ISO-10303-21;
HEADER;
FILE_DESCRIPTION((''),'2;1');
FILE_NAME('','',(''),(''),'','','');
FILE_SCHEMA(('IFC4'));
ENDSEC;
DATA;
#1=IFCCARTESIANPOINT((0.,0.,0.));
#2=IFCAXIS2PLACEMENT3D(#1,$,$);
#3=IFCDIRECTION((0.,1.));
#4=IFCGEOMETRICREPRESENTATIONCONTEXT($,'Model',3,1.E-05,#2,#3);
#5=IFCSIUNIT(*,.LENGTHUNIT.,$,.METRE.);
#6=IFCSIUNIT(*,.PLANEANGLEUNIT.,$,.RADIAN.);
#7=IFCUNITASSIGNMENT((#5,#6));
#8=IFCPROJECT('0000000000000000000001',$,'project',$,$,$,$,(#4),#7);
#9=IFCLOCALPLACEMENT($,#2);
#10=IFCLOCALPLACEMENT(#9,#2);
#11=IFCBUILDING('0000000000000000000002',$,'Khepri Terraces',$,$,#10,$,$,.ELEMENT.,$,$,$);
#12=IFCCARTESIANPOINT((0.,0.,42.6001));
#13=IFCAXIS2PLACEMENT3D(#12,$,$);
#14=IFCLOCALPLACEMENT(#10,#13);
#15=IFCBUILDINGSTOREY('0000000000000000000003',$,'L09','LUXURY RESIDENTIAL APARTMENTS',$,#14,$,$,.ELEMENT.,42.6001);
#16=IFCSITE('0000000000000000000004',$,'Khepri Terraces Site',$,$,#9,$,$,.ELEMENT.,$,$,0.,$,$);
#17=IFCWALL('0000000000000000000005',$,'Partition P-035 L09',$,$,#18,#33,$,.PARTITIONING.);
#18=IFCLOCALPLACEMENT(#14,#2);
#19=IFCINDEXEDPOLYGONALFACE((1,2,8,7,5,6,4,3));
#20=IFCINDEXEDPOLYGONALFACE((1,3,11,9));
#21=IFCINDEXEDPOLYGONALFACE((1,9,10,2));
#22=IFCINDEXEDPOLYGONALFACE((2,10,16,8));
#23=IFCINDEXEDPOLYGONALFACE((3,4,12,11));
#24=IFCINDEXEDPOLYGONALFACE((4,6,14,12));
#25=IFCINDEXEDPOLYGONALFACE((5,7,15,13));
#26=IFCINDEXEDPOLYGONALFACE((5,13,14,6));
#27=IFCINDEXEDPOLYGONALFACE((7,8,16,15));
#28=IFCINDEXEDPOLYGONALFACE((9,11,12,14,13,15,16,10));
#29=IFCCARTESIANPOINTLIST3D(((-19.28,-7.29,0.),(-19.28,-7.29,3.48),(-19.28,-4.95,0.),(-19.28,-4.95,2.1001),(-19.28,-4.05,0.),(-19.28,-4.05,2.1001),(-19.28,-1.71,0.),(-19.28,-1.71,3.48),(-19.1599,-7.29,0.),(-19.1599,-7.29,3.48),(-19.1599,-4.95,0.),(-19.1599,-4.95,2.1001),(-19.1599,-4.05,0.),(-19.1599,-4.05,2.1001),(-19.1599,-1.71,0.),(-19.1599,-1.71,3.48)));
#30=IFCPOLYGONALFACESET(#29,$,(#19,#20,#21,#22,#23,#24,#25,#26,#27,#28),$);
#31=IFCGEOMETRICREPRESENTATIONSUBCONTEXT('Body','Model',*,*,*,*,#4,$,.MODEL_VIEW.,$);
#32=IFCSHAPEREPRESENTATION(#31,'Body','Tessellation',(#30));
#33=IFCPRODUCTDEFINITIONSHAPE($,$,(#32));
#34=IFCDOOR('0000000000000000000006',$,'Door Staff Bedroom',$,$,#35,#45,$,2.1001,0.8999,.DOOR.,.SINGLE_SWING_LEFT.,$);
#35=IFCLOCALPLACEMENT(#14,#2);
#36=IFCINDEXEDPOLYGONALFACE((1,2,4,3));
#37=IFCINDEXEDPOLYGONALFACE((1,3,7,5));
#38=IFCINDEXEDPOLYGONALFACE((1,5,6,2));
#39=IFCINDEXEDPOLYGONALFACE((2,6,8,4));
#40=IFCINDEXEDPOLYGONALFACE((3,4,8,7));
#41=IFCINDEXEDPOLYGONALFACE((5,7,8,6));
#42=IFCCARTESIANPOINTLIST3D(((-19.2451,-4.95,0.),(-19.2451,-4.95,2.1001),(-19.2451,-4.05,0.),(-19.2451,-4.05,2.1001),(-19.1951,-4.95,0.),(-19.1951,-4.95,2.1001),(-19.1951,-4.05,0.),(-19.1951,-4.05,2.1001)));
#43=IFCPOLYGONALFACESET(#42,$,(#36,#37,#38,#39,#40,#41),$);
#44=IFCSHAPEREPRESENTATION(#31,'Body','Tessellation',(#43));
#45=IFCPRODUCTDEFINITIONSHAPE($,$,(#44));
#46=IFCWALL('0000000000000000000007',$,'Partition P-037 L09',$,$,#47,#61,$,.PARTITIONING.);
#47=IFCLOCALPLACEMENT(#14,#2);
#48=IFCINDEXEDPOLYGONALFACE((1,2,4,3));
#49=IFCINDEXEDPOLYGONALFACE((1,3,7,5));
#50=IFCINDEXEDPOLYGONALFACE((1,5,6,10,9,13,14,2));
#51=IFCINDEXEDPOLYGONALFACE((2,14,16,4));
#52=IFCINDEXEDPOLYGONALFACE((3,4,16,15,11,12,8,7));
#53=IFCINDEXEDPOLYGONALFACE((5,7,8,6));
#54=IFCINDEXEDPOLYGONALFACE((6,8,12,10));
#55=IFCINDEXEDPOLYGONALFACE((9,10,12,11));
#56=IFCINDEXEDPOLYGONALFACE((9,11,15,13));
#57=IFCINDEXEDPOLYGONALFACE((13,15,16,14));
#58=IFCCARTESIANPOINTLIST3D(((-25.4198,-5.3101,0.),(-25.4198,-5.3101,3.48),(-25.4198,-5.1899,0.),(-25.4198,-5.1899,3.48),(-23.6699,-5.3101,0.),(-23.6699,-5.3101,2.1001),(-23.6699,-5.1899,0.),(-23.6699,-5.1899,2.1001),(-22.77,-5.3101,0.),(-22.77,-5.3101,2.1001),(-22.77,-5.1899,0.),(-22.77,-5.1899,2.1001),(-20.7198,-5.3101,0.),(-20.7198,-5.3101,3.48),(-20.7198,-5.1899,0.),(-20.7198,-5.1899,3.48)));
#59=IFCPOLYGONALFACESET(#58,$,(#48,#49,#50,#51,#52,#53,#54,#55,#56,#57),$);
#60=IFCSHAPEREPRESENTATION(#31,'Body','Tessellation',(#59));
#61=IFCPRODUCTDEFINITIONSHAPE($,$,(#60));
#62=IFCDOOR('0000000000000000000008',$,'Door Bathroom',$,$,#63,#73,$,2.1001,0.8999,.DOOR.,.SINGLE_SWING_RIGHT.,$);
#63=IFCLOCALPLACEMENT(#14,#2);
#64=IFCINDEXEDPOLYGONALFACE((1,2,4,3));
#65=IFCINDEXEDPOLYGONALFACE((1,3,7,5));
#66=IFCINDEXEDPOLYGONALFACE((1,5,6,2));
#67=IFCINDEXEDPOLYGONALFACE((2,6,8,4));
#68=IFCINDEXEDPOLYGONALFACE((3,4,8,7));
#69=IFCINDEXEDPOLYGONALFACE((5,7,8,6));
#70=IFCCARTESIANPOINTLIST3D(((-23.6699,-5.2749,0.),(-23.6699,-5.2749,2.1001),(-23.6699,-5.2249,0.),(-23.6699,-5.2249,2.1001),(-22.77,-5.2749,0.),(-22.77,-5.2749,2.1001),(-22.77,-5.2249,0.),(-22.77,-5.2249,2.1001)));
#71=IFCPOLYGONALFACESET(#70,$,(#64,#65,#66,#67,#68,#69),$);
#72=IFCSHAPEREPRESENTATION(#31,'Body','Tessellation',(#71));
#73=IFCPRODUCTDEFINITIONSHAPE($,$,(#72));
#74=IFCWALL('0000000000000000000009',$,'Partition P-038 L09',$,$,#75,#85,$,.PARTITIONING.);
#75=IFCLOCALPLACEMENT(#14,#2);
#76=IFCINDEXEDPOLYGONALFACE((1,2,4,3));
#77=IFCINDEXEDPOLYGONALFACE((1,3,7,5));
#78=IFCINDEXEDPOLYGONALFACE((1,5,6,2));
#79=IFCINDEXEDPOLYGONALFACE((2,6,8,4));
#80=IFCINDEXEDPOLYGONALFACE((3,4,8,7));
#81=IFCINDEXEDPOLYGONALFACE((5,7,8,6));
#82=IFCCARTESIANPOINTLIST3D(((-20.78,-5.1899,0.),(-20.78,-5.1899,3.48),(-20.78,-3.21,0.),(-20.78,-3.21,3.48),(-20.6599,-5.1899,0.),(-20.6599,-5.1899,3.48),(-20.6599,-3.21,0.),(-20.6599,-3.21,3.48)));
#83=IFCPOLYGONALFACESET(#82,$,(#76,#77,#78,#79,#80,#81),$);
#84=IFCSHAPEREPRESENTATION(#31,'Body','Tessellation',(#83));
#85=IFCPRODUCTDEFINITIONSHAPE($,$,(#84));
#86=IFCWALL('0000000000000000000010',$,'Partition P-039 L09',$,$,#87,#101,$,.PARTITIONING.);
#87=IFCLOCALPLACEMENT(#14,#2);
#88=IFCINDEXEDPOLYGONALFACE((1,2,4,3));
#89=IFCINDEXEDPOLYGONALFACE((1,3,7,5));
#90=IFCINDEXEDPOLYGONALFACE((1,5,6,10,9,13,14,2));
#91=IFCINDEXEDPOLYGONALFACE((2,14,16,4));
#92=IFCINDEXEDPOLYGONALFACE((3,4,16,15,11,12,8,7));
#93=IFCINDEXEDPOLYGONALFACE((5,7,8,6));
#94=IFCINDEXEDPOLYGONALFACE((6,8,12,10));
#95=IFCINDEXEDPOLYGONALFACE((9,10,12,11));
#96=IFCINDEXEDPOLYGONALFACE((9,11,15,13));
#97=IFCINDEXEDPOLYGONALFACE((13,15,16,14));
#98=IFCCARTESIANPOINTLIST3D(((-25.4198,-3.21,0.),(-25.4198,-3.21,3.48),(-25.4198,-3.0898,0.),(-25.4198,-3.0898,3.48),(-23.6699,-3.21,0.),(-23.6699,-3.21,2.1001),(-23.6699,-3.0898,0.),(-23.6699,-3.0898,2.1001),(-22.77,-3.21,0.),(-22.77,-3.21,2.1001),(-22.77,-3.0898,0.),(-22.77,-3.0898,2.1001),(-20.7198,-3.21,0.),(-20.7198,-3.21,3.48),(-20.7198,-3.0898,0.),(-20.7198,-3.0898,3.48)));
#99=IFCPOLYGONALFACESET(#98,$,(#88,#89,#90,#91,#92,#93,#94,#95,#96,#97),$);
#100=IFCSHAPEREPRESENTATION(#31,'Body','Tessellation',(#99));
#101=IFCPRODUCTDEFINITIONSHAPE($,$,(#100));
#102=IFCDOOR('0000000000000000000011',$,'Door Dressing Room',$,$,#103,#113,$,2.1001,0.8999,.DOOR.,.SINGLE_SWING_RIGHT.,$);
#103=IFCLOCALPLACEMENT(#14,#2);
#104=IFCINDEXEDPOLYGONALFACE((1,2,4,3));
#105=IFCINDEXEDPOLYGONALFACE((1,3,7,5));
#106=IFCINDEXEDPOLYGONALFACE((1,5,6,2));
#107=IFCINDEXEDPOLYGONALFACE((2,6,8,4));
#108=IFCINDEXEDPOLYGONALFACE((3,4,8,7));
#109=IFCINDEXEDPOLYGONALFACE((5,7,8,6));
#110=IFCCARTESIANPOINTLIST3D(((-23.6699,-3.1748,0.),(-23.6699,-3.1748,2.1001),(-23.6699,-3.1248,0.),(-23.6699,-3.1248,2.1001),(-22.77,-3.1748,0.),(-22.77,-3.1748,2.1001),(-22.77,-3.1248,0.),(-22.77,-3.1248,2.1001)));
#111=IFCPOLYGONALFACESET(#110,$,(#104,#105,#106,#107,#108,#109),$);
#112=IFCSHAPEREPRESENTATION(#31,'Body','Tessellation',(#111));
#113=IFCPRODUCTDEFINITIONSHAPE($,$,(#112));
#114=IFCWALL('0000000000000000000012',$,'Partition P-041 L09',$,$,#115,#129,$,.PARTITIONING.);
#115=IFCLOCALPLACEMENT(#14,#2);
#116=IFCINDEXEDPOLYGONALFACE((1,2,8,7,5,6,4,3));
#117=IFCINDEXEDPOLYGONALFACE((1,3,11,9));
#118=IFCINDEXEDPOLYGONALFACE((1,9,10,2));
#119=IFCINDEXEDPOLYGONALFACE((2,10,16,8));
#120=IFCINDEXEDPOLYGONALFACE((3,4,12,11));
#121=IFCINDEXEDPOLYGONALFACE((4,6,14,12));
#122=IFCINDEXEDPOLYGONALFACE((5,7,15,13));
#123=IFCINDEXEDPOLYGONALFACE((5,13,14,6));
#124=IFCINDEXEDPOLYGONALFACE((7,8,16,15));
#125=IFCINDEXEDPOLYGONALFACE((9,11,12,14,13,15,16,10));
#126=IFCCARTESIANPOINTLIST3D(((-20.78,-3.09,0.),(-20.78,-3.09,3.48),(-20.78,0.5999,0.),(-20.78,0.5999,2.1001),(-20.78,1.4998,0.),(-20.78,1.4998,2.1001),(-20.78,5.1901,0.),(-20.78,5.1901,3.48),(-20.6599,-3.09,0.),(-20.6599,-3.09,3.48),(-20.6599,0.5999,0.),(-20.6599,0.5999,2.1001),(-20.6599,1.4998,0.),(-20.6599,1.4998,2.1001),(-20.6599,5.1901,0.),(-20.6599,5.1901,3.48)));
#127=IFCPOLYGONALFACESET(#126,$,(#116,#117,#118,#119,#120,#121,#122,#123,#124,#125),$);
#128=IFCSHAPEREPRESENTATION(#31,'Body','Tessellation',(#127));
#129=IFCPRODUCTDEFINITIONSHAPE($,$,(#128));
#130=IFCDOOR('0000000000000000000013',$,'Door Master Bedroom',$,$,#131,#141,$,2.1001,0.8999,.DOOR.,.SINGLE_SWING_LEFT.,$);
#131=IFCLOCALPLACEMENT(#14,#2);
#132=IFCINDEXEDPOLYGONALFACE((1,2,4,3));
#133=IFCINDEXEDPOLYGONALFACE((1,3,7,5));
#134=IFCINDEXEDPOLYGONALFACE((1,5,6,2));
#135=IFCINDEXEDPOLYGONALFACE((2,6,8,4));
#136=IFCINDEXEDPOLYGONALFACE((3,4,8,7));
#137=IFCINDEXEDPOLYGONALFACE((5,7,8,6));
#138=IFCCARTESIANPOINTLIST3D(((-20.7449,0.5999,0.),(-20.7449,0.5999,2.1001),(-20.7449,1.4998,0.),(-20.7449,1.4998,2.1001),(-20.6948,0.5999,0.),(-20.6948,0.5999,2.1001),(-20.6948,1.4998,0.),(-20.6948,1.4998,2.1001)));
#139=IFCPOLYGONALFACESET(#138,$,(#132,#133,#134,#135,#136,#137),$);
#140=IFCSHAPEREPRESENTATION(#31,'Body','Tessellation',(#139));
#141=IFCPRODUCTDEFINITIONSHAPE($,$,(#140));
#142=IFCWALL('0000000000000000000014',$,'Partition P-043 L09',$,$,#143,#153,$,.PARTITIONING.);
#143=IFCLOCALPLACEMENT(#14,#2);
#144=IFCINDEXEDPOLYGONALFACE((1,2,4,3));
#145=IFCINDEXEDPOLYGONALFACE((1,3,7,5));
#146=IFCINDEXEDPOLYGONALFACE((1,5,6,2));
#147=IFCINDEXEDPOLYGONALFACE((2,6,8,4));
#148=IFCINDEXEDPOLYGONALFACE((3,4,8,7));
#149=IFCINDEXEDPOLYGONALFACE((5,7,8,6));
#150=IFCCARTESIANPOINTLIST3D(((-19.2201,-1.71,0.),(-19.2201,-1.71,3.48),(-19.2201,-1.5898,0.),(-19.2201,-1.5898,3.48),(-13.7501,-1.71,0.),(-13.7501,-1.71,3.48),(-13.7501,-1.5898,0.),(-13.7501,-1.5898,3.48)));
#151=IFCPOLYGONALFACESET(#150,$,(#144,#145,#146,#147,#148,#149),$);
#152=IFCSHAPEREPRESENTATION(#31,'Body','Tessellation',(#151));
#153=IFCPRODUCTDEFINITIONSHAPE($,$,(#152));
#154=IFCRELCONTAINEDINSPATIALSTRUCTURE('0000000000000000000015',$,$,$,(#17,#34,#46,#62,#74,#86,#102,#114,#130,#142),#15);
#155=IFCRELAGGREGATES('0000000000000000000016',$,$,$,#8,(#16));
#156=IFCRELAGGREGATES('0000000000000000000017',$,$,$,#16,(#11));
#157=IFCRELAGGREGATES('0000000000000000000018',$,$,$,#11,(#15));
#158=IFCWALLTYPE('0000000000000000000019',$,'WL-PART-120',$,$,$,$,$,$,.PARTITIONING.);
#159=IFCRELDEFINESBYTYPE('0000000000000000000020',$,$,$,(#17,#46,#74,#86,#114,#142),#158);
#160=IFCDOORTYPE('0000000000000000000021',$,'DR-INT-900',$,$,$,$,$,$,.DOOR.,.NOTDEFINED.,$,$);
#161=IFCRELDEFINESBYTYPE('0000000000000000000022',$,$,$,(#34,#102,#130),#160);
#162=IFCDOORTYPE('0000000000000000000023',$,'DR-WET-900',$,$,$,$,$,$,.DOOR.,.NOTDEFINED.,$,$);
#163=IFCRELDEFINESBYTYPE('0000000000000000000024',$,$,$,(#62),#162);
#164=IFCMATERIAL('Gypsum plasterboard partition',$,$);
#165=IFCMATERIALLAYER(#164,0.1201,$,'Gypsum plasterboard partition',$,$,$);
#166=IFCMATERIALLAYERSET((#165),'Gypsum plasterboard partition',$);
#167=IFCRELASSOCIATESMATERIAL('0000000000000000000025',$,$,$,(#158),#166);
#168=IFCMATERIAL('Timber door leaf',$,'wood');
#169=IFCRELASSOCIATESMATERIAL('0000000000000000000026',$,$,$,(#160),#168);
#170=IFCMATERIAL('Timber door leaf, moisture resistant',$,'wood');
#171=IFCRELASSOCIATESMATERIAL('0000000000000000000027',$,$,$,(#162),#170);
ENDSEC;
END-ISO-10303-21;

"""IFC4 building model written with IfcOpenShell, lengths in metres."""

from ifc_helpers import new_model, si_unit, direction, frame, frame_2d, origin, place, context, subcontext, project, spatial, rectangle, extrude, material, layer, layer_set, type_object, element, fill, save


model = new_model("IFC4")

# Units and contexts
model_context = context("Model", 3, precision=1e-05, world=origin(), true_north=direction((0.0, 1.0)))
body_context = subcontext(model_context, "Body", "Model", "MODEL_VIEW")
ifc_project = project(units=[si_unit("LENGTHUNIT", "METRE"), si_unit("PLANEANGLEUNIT", "RADIAN")], contexts=[model_context])

# Site, building, storey
site_placement = place(None, origin())
site = spatial("IfcSite", under=ifc_project, at=site_placement, Name="Khepri Terraces Site", CompositionType="ELEMENT", RefElevation=0.0)
building_placement = place(site_placement, origin())
building = spatial("IfcBuilding", under=site, at=building_placement, Name="Khepri Terraces", CompositionType="ELEMENT")
storey_placement = place(building_placement, frame((0.0, 0.0, 42.6001)))
storey = spatial("IfcBuildingStorey", under=building, at=storey_placement, Name="L09", Description="LUXURY RESIDENTIAL APARTMENTS", CompositionType="ELEMENT", Elevation=42.6001)

# Walls, openings, doors
ifc_material_1 = material(Name="Gypsum plasterboard partition")
ifc_layer_1 = layer(ifc_material_1, 0.1201, Name="Gypsum plasterboard partition")
ifc_layer_set_1 = layer_set([ifc_layer_1], Name="Gypsum plasterboard partition")
wall_type_1 = type_object("IfcWallType", Name="WL-PART-120", PredefinedType="PARTITIONING", material=ifc_layer_set_1)
wall_1_placement = place(storey_placement, frame((-19.22, -7.29, 0.0), z_axis=(0.0, 0.0, 1.0), x_axis=(0.0, 1.0, 0.0)))
wall_1 = element("IfcWall", 1, at=wall_1_placement, inside=storey, type_object=wall_type_1, Name="Partition P-035 L09", PredefinedType="PARTITIONING", context=body_context, shape_type="SweptSolid", body=[
    extrude(rectangle(XDim=5.5801, YDim=0.1201, at=frame_2d((2.79, 0.0))), origin(), (0.0, 0.0, 1.0), 3.48),
])
opening_1_placement = place(wall_1_placement, frame((2.3401, 0.0, 0.0)))
opening_1 = element("IfcOpeningElement", 2, at=opening_1_placement, cuts=wall_1, PredefinedType="OPENING", context=body_context, shape_type="SweptSolid", body=[
    extrude(rectangle(XDim=0.8999, YDim=2.1001, at=frame_2d((0.45, 1.05))), frame((0.0, 0.0701, 0.0), z_axis=(0.0, -1.0, 0.0), x_axis=(1.0, 0.0, 0.0)), (0.0, 0.0, 1.0), 0.1401),
])
ifc_material_2 = material(Name="Timber door leaf", Category="wood")
door_type_1 = type_object("IfcDoorType", Name="DR-INT-900", OperationType="NOTDEFINED", PredefinedType="DOOR", material=ifc_material_2)
door_1_placement = place(opening_1_placement, frame((0.8999, 0.0, 0.0), z_axis=(0.0, 0.0, 1.0), x_axis=(-1.0, 0.0, 0.0)))
door_1 = element("IfcDoor", 3, at=door_1_placement, inside=storey, type_object=door_type_1, Name="Door Staff Bedroom", OperationType="SINGLE_SWING_LEFT", OverallHeight=2.1001, OverallWidth=0.8999, PredefinedType="DOOR", context=body_context, shape_type="SweptSolid", body=[
    extrude(rectangle(XDim=0.8999, YDim=2.1001, at=frame_2d((0.45, 1.05))), frame((0.0, 0.0249, 0.0), z_axis=(0.0, -1.0, 0.0), x_axis=(1.0, 0.0, 0.0)), (0.0, 0.0, 1.0), 0.05),
])
fill(opening_1, door_1)
wall_2_placement = place(storey_placement, frame((-25.4199, -5.25, 0.0), z_axis=(0.0, 0.0, 1.0), x_axis=(1.0, 0.0, 0.0)))
wall_2 = element("IfcWall", 4, at=wall_2_placement, inside=storey, type_object=wall_type_1, Name="Partition P-037 L09", PredefinedType="PARTITIONING", context=body_context, shape_type="SweptSolid", body=[
    extrude(rectangle(XDim=4.7, YDim=0.1201, at=frame_2d((2.3501, 0.0))), origin(), (0.0, 0.0, 1.0), 3.48),
])
opening_2_placement = place(wall_2_placement, frame((1.75, 0.0, 0.0)))
opening_2 = element("IfcOpeningElement", 5, at=opening_2_placement, cuts=wall_2, PredefinedType="OPENING", context=body_context, shape_type="SweptSolid", body=[
    extrude(rectangle(XDim=0.8999, YDim=2.1001, at=frame_2d((0.45, 1.05))), frame((0.0, 0.0701, 0.0), z_axis=(0.0, -1.0, 0.0), x_axis=(1.0, 0.0, 0.0)), (0.0, 0.0, 1.0), 0.1401),
])
ifc_material_3 = material(Name="Timber door leaf, moisture resistant", Category="wood")
door_type_2 = type_object("IfcDoorType", Name="DR-WET-900", OperationType="NOTDEFINED", PredefinedType="DOOR", material=ifc_material_3)
door_2_placement = place(opening_2_placement, frame((0.8999, 0.0, 0.0), z_axis=(0.0, 0.0, 1.0), x_axis=(-1.0, 0.0, 0.0)))
door_2 = element("IfcDoor", 6, at=door_2_placement, inside=storey, type_object=door_type_2, Name="Door Bathroom", OperationType="SINGLE_SWING_RIGHT", OverallHeight=2.1001, OverallWidth=0.8999, PredefinedType="DOOR", context=body_context, shape_type="SweptSolid", body=[
    extrude(rectangle(XDim=0.8999, YDim=2.1001, at=frame_2d((0.45, 1.05))), frame((0.0, 0.0249, 0.0), z_axis=(0.0, -1.0, 0.0), x_axis=(1.0, 0.0, 0.0)), (0.0, 0.0, 1.0), 0.05),
])
fill(opening_2, door_2)

# Wall
wall_3_placement = place(storey_placement, frame((-20.72, -5.1899, 0.0), z_axis=(0.0, 0.0, 1.0), x_axis=(0.0, 1.0, 0.0)))
element("IfcWall", 7, at=wall_3_placement, inside=storey, type_object=wall_type_1, Name="Partition P-038 L09", PredefinedType="PARTITIONING", context=body_context, shape_type="SweptSolid", body=[
    extrude(rectangle(XDim=1.98, YDim=0.1201, at=frame_2d((0.99, 0.0))), origin(), (0.0, 0.0, 1.0), 3.48),
])

# Walls, openings, doors
wall_4_placement = place(storey_placement, frame((-25.4199, -3.1499, 0.0), z_axis=(0.0, 0.0, 1.0), x_axis=(1.0, 0.0, 0.0)))
wall_4 = element("IfcWall", 8, at=wall_4_placement, inside=storey, type_object=wall_type_1, Name="Partition P-039 L09", PredefinedType="PARTITIONING", context=body_context, shape_type="SweptSolid", body=[
    extrude(rectangle(XDim=4.7, YDim=0.1201, at=frame_2d((2.3501, 0.0))), origin(), (0.0, 0.0, 1.0), 3.48),
])
opening_3_placement = place(wall_4_placement, frame((1.75, 0.0, 0.0)))
opening_3 = element("IfcOpeningElement", 9, at=opening_3_placement, cuts=wall_4, PredefinedType="OPENING", context=body_context, shape_type="SweptSolid", body=[
    extrude(rectangle(XDim=0.8999, YDim=2.1001, at=frame_2d((0.45, 1.05))), frame((0.0, 0.0701, 0.0), z_axis=(0.0, -1.0, 0.0), x_axis=(1.0, 0.0, 0.0)), (0.0, 0.0, 1.0), 0.1401),
])
door_3_placement = place(opening_3_placement, frame((0.8999, 0.0, 0.0), z_axis=(0.0, 0.0, 1.0), x_axis=(-1.0, 0.0, 0.0)))
door_3 = element("IfcDoor", 10, at=door_3_placement, inside=storey, type_object=door_type_1, Name="Door Dressing Room", OperationType="SINGLE_SWING_RIGHT", OverallHeight=2.1001, OverallWidth=0.8999, PredefinedType="DOOR", context=body_context, shape_type="SweptSolid", body=[
    extrude(rectangle(XDim=0.8999, YDim=2.1001, at=frame_2d((0.45, 1.05))), frame((0.0, 0.0249, 0.0), z_axis=(0.0, -1.0, 0.0), x_axis=(1.0, 0.0, 0.0)), (0.0, 0.0, 1.0), 0.05),
])
fill(opening_3, door_3)
wall_5_placement = place(storey_placement, frame((-20.72, -3.0901, 0.0), z_axis=(0.0, 0.0, 1.0), x_axis=(0.0, 1.0, 0.0)))
wall_5 = element("IfcWall", 11, at=wall_5_placement, inside=storey, type_object=wall_type_1, Name="Partition P-041 L09", PredefinedType="PARTITIONING", context=body_context, shape_type="SweptSolid", body=[
    extrude(rectangle(XDim=8.28, YDim=0.1201, at=frame_2d((4.1401, 0.0))), origin(), (0.0, 0.0, 1.0), 3.48),
])
opening_4_placement = place(wall_5_placement, frame((3.6899, 0.0, 0.0)))
opening_4 = element("IfcOpeningElement", 12, at=opening_4_placement, cuts=wall_5, PredefinedType="OPENING", context=body_context, shape_type="SweptSolid", body=[
    extrude(rectangle(XDim=0.8999, YDim=2.1001, at=frame_2d((0.45, 1.05))), frame((0.0, 0.0701, 0.0), z_axis=(0.0, -1.0, 0.0), x_axis=(1.0, 0.0, 0.0)), (0.0, 0.0, 1.0), 0.1401),
])
door_4_placement = place(opening_4_placement, origin())
door_4 = element("IfcDoor", 13, at=door_4_placement, inside=storey, type_object=door_type_1, Name="Door Master Bedroom", OperationType="SINGLE_SWING_LEFT", OverallHeight=2.1001, OverallWidth=0.8999, PredefinedType="DOOR", context=body_context, shape_type="SweptSolid", body=[
    extrude(rectangle(XDim=0.8999, YDim=2.1001, at=frame_2d((0.45, 1.05))), frame((0.0, 0.0249, 0.0), z_axis=(0.0, -1.0, 0.0), x_axis=(1.0, 0.0, 0.0)), (0.0, 0.0, 1.0), 0.05),
])
fill(opening_4, door_4)

# Wall
wall_6_placement = place(storey_placement, frame((-19.22, -1.6499, 0.0), z_axis=(0.0, 0.0, 1.0), x_axis=(1.0, 0.0, 0.0)))
element("IfcWall", 14, at=wall_6_placement, inside=storey, type_object=wall_type_1, Name="Partition P-043 L09", PredefinedType="PARTITIONING", context=body_context, shape_type="SweptSolid", body=[
    extrude(rectangle(XDim=5.47, YDim=0.1201, at=frame_2d((2.7349, 0.0))), origin(), (0.0, 0.0, 1.0), 3.48),
])

save(model, "model.ifc")
